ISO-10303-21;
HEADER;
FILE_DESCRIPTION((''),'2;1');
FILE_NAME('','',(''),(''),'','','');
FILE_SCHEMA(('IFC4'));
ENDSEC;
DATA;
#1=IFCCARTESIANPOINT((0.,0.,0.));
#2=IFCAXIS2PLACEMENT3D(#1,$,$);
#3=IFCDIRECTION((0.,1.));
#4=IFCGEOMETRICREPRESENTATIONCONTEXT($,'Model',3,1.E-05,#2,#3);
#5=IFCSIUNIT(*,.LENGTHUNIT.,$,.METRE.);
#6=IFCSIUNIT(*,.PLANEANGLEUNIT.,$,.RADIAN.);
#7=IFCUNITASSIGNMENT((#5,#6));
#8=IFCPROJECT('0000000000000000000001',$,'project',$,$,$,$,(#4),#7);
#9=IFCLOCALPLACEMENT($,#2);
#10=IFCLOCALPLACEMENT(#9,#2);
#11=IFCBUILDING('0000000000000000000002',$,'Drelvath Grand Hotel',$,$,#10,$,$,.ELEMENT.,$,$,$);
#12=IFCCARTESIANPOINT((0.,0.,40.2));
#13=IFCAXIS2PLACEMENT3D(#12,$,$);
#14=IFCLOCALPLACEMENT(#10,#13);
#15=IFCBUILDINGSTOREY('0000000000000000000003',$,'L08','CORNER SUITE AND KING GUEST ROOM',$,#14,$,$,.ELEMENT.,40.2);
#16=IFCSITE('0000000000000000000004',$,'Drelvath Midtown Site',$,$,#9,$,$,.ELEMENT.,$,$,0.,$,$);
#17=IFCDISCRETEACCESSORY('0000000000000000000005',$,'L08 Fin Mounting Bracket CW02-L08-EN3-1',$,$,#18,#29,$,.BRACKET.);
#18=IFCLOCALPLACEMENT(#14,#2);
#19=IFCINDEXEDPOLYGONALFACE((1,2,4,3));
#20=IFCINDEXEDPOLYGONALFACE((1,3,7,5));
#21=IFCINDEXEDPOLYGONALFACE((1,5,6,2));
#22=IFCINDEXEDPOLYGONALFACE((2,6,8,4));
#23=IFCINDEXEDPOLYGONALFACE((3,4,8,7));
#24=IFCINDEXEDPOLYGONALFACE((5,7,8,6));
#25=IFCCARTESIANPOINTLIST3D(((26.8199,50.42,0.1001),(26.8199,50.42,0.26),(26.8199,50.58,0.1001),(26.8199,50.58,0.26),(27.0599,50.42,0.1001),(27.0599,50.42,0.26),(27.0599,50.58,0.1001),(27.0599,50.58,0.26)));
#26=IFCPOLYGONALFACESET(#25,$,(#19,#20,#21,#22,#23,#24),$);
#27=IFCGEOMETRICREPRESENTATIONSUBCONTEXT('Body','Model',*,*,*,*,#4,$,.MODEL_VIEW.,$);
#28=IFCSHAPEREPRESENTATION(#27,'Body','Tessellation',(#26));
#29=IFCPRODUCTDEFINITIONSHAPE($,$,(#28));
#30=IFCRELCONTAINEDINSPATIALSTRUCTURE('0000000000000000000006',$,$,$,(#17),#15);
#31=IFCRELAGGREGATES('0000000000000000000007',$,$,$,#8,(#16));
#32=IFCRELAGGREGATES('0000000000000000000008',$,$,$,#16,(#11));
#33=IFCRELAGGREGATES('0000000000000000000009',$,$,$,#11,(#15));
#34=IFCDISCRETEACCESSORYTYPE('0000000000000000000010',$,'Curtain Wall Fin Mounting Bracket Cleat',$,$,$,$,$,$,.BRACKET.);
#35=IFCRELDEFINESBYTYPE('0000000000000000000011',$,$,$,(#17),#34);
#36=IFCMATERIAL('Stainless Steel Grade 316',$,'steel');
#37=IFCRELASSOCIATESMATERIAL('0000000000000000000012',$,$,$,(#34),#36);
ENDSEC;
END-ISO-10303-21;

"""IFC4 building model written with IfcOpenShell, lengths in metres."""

from ifc_helpers import new_model, si_unit, direction, frame, origin, origin_2d, place, context, subcontext, project, spatial, rectangle, extrude, material, type_object, element, save


model = new_model("IFC4")

# Units and contexts
model_context = context("Model", 3, precision=1e-05, world=origin(), true_north=direction((0.0, 1.0)))
body_context = subcontext(model_context, "Body", "Model", "MODEL_VIEW")
ifc_project = project(units=[si_unit("LENGTHUNIT", "METRE"), si_unit("PLANEANGLEUNIT", "RADIAN")], contexts=[model_context])

# Site, building, storey
site_placement = place(None, origin())
site = spatial("IfcSite", under=ifc_project, at=site_placement, Name="Drelvath Midtown Site", CompositionType="ELEMENT", RefElevation=0.0)
building_placement = place(site_placement, origin())
building = spatial("IfcBuilding", under=site, at=building_placement, Name="Drelvath Grand Hotel", CompositionType="ELEMENT")
storey_placement = place(building_placement, frame((0.0, 0.0, 40.2)))
storey = spatial("IfcBuildingStorey", under=building, at=storey_placement, Name="L08", Description="CORNER SUITE AND KING GUEST ROOM", CompositionType="ELEMENT", Elevation=40.2)

# Discrete accessory
ifc_material_1 = material(Name="Stainless Steel Grade 316", Category="steel")
discrete_accessory_type = type_object("IfcDiscreteAccessoryType", Name="Curtain Wall Fin Mounting Bracket Cleat", PredefinedType="BRACKET", material=ifc_material_1)
discrete_accessory_placement = place(storey_placement, frame((26.9399, 50.5, 0.1001), z_axis=(0.0, 0.0, 1.0), x_axis=(0.0, -1.0, 0.0)))
element("IfcDiscreteAccessory", 1, at=discrete_accessory_placement, inside=storey, type_object=discrete_accessory_type, Name="L08 Fin Mounting Bracket CW02-L08-EN3-1", PredefinedType="BRACKET", context=body_context, shape_type="SweptSolid", body=[
    extrude(rectangle(XDim=0.1599, YDim=0.24, at=origin_2d()), origin(), (0.0, 0.0, 1.0), 0.1599),
])

save(model, "model.ifc")
